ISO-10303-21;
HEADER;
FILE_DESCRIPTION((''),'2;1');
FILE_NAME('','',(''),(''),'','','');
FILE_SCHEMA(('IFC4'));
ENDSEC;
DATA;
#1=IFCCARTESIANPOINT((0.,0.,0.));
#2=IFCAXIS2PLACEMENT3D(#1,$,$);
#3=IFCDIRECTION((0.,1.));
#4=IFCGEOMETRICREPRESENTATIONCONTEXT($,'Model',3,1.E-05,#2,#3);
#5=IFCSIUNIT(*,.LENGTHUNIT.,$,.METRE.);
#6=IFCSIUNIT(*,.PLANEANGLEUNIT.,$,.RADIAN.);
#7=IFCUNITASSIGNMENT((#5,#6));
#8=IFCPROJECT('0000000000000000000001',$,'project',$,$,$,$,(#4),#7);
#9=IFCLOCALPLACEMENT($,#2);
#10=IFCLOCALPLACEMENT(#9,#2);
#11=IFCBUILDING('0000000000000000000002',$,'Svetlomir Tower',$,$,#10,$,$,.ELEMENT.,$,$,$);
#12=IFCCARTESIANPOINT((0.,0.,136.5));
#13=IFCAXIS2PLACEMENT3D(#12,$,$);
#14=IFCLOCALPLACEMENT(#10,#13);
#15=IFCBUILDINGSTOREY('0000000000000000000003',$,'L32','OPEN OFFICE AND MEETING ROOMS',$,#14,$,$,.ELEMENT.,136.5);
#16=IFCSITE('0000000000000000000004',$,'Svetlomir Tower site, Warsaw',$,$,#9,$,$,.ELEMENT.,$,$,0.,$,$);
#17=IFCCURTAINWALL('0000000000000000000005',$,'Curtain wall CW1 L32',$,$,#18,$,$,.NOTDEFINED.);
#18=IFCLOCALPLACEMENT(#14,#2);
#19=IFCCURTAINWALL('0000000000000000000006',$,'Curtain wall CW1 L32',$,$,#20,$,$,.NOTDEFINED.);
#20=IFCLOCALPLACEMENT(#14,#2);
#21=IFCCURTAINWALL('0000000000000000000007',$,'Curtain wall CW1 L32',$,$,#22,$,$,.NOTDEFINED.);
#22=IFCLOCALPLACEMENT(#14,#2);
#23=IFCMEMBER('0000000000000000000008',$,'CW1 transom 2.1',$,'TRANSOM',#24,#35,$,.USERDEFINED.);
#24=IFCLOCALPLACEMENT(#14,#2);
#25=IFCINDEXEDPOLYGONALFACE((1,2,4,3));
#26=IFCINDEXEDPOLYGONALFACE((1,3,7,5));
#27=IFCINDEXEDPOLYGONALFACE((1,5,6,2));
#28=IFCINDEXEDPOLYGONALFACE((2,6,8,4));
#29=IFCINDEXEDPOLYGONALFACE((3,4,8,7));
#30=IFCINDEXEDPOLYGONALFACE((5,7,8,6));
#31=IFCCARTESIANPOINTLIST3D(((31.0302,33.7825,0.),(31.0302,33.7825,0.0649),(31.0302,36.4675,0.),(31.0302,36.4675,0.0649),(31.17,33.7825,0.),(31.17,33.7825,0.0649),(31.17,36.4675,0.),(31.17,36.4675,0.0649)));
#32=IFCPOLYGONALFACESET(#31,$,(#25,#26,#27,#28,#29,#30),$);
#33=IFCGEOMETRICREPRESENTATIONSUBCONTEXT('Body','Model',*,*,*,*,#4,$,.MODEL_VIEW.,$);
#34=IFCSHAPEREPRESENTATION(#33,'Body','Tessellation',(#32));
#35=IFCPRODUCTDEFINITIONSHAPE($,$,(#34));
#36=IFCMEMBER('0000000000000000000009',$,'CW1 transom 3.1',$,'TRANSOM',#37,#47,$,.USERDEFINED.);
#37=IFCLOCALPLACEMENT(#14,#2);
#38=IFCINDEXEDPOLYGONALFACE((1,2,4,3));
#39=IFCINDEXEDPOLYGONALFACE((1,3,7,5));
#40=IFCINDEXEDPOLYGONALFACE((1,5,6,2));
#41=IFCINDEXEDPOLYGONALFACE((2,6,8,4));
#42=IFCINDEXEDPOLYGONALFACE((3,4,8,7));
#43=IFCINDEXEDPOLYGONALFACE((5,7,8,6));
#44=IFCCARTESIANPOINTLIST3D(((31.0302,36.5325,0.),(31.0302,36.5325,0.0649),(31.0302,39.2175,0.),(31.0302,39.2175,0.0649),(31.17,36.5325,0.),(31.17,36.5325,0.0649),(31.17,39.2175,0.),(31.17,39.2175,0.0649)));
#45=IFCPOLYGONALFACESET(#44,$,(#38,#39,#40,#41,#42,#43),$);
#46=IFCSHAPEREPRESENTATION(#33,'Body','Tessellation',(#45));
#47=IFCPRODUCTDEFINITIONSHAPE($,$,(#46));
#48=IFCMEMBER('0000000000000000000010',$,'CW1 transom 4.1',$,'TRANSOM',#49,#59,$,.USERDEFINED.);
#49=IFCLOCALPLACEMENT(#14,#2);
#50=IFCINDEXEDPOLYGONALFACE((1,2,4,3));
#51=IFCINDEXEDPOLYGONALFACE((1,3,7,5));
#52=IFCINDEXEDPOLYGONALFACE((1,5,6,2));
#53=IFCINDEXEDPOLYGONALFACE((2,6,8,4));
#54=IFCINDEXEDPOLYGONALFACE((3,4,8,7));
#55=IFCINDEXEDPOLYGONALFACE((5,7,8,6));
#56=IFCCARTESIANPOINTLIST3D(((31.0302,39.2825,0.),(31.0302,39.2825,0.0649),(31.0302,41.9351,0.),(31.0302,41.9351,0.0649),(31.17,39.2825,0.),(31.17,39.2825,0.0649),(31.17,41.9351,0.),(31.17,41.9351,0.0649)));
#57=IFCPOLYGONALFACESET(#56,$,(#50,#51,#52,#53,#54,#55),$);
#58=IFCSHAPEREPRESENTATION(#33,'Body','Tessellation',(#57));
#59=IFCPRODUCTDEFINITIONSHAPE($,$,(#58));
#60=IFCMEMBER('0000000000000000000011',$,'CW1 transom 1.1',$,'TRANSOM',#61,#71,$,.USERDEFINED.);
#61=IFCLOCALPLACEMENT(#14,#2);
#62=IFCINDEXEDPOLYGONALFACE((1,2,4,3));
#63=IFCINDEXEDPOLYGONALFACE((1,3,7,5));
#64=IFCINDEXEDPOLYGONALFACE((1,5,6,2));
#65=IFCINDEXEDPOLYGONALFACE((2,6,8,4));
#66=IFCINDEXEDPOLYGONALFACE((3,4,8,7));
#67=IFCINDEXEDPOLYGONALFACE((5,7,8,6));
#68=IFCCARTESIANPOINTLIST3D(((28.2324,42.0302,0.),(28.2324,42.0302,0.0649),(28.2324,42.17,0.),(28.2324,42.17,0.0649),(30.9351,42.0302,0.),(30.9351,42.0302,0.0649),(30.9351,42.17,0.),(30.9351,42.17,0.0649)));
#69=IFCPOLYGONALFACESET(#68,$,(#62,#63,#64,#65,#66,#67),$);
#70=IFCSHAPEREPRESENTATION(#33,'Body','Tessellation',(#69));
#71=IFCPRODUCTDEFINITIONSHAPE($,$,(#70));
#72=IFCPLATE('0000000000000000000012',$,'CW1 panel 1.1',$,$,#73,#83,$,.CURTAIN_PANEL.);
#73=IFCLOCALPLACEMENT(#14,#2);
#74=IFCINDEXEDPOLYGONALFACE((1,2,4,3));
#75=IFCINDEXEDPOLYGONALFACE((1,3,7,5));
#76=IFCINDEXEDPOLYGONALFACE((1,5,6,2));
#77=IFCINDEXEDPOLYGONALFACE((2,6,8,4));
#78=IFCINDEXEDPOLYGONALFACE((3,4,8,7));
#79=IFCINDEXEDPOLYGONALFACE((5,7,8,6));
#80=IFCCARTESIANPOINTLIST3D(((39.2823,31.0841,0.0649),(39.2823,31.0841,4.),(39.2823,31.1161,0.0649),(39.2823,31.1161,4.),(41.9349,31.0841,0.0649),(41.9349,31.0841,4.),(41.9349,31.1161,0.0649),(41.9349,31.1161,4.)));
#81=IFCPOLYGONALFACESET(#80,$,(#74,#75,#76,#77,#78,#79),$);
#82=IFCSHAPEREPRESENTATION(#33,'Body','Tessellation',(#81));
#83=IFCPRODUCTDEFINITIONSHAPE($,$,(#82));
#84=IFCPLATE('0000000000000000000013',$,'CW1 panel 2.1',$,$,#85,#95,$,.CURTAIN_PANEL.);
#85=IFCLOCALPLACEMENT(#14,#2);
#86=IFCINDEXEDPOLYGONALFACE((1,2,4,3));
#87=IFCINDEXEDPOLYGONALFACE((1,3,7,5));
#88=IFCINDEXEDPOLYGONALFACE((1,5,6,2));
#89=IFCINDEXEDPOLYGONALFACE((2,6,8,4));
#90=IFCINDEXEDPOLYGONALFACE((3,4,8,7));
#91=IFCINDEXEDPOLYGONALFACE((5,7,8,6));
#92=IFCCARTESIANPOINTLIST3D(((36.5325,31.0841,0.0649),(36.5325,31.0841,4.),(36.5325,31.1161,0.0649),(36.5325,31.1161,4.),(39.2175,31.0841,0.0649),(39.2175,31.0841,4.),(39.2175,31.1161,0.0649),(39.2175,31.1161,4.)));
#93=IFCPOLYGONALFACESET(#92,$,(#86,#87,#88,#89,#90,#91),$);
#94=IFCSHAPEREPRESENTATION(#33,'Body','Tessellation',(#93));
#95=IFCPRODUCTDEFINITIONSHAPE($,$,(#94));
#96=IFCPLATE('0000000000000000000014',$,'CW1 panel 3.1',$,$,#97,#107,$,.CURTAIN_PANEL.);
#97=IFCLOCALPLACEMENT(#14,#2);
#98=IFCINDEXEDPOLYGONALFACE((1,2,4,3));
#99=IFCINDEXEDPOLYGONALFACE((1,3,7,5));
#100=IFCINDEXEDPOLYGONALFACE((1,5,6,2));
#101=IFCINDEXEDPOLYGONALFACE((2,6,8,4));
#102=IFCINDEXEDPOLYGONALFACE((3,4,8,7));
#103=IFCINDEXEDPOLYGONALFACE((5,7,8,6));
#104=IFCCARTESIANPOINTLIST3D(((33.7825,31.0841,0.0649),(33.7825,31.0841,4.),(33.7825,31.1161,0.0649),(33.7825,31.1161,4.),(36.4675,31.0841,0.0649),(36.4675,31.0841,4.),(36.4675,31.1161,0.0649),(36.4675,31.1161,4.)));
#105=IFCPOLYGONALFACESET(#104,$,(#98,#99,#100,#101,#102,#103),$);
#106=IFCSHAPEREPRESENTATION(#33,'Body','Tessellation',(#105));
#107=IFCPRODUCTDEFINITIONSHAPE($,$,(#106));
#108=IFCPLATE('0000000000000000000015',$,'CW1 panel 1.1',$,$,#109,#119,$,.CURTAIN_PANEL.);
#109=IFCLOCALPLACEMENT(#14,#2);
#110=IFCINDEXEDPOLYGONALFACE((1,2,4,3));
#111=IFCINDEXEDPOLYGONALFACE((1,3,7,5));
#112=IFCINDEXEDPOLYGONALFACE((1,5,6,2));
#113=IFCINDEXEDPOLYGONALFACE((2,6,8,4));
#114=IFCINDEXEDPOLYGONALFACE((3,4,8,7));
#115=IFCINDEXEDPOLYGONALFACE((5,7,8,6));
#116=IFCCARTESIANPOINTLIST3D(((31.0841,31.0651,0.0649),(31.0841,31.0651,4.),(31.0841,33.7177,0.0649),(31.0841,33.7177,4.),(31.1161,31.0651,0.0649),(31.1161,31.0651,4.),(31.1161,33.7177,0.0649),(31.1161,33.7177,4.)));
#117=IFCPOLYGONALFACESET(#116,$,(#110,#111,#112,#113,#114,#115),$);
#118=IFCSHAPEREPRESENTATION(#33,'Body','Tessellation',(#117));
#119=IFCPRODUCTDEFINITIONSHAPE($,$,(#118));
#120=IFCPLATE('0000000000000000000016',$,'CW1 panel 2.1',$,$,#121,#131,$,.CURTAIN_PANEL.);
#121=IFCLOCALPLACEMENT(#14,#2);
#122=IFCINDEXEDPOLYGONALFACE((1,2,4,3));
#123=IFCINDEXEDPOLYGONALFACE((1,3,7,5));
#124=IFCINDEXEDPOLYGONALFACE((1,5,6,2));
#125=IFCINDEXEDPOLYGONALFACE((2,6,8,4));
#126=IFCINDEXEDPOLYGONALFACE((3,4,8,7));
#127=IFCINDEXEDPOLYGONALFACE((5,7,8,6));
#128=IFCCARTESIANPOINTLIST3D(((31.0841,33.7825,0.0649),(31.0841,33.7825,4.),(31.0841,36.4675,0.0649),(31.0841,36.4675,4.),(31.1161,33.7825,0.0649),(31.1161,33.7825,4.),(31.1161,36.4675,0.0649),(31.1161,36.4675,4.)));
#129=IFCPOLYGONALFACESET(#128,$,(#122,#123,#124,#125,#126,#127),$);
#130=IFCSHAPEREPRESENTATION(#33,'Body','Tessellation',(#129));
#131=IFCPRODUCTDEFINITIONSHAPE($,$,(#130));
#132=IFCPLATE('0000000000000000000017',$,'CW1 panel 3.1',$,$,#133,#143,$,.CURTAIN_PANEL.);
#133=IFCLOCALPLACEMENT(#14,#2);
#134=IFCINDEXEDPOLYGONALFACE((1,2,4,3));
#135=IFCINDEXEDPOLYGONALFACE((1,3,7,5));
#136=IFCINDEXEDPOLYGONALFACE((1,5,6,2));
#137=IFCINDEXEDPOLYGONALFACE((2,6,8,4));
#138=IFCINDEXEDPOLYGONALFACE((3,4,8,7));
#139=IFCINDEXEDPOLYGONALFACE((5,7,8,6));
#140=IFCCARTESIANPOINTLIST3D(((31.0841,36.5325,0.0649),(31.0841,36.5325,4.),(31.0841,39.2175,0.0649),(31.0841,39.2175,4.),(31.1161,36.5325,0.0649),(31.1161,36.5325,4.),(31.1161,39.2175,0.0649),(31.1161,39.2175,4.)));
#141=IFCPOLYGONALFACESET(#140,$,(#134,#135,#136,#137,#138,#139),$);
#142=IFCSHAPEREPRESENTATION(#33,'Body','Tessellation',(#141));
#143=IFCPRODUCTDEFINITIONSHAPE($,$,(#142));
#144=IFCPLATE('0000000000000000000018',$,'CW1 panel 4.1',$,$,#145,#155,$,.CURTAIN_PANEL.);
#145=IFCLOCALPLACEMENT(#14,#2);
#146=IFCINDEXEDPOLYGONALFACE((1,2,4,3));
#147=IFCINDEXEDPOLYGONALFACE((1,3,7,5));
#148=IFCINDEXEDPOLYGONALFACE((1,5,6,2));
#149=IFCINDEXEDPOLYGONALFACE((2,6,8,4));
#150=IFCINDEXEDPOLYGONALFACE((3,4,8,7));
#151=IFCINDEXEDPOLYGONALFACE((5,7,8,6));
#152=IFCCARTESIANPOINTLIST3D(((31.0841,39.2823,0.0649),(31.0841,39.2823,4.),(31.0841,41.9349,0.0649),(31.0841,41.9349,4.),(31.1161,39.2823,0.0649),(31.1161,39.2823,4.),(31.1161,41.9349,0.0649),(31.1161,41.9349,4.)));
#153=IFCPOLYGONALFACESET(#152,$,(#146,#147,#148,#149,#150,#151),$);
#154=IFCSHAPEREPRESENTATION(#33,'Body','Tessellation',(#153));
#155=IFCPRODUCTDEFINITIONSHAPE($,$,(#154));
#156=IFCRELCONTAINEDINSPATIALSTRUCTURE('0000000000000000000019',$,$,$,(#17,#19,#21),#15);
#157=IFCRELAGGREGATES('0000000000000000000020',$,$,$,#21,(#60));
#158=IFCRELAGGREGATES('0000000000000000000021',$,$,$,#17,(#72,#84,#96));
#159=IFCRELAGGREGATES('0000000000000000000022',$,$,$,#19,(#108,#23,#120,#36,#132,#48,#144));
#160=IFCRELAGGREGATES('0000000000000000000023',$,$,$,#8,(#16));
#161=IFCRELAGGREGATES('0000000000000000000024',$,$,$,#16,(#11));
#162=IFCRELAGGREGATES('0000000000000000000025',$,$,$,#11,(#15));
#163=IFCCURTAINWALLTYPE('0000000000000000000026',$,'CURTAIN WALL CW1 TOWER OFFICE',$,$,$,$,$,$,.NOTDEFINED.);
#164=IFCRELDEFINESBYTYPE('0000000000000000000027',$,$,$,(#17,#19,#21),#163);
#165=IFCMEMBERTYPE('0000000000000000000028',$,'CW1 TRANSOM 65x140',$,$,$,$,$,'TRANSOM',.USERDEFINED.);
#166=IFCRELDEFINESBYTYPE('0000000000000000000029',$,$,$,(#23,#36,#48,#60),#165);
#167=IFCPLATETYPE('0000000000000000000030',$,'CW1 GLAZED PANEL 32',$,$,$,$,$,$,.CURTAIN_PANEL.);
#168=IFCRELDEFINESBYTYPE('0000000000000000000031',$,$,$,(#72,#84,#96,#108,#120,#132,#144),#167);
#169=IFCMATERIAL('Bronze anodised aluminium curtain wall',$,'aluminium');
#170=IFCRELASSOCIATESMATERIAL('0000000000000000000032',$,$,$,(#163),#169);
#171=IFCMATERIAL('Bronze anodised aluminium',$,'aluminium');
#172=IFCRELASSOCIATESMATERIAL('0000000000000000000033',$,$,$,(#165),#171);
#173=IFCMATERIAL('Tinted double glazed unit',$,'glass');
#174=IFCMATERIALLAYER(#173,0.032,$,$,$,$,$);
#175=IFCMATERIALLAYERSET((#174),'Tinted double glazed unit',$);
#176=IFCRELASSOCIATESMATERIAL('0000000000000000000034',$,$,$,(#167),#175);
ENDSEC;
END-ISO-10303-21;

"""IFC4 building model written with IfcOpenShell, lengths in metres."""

from ifc_helpers import new_model, si_unit, direction, frame, origin, origin_2d, place, context, subcontext, project, spatial, rectangle, extrude, material, layer, layer_set, material_profile, profile_set, type_object, element, aggregate, save


model = new_model("IFC4")

# Units and contexts
model_context = context("Model", 3, precision=1e-05, world=origin(), true_north=direction((0.0, 1.0)))
body_context = subcontext(model_context, "Body", "Model", "MODEL_VIEW")
ifc_project = project(units=[si_unit("LENGTHUNIT", "METRE"), si_unit("PLANEANGLEUNIT", "RADIAN")], contexts=[model_context])

# Site, building, storey
site_placement = place(None, origin())
site = spatial("IfcSite", under=ifc_project, at=site_placement, Name="Svetlomir Tower site, Warsaw", CompositionType="ELEMENT", RefElevation=0.0)
building_placement = place(site_placement, origin())
building = spatial("IfcBuilding", under=site, at=building_placement, Name="Svetlomir Tower", CompositionType="ELEMENT")
storey_placement = place(building_placement, frame((0.0, 0.0, 136.5)))
storey = spatial("IfcBuildingStorey", under=building, at=storey_placement, Name="L32", Description="OPEN OFFICE AND MEETING ROOMS", CompositionType="ELEMENT", Elevation=136.5)

# Curtain walls
ifc_material_1 = material(Name="Bronze anodised aluminium curtain wall", Category="aluminium")
curtain_wall_type = type_object("IfcCurtainWallType", Name="CURTAIN WALL CW1 TOWER OFFICE", PredefinedType="NOTDEFINED", material=ifc_material_1)
curtain_wall_1_placement = place(storey_placement, origin())
curtain_wall_1 = element("IfcCurtainWall", 1, at=curtain_wall_1_placement, inside=storey, type_object=curtain_wall_type, Name="Curtain wall CW1 L32", PredefinedType="NOTDEFINED")
curtain_wall_2_placement = place(storey_placement, origin())
curtain_wall_2 = element("IfcCurtainWall", 2, at=curtain_wall_2_placement, inside=storey, type_object=curtain_wall_type, Name="Curtain wall CW1 L32", PredefinedType="NOTDEFINED")

# Curtain wall
curtain_wall_3_placement = place(storey_placement, origin())
curtain_wall_3 = element("IfcCurtainWall", 3, at=curtain_wall_3_placement, inside=storey, type_object=curtain_wall_type, Name="Curtain wall CW1 L32", PredefinedType="NOTDEFINED")

# Members
ifc_material_2 = material(Name="Bronze anodised aluminium", Category="aluminium")
ifc_material_profile_1 = material_profile(ifc_material_2, rectangle(XDim=0.1399, YDim=0.0649, at=origin_2d()), Name="AL 140x65")
ifc_profile_set_1 = profile_set([ifc_material_profile_1], Name="Bronze anodised aluminium 6063-T6")
member_type_1 = type_object("IfcMemberType", Name="CW1 TRANSOM 65x140", ElementType="TRANSOM", PredefinedType="USERDEFINED", material=ifc_profile_set_1)
member_1_placement = place(storey_placement, frame((31.1001, 33.7825, 0.0325), z_axis=(0.0, 1.0, 0.0), x_axis=(-1.0, 0.0, 0.0)))
member_1 = element("IfcMember", 4, at=member_1_placement, type_object=member_type_1, Name="CW1 transom 2.1", ObjectType="TRANSOM", PredefinedType="USERDEFINED", context=body_context, shape_type="SweptSolid", body=[
    extrude(rectangle(XDim=0.1399, YDim=0.0649, at=origin_2d()), origin(), (0.0, 0.0, 1.0), 2.6851),
])
member_2_placement = place(storey_placement, frame((31.1001, 36.5325, 0.0325), z_axis=(0.0, 1.0, 0.0), x_axis=(-1.0, 0.0, 0.0)))
member_2 = element("IfcMember", 5, at=member_2_placement, type_object=member_type_1, Name="CW1 transom 3.1", ObjectType="TRANSOM", PredefinedType="USERDEFINED", context=body_context, shape_type="SweptSolid", body=[
    extrude(rectangle(XDim=0.1399, YDim=0.0649, at=origin_2d()), origin(), (0.0, 0.0, 1.0), 2.6851),
])
member_3_placement = place(storey_placement, frame((31.1001, 39.2825, 0.0325), z_axis=(0.0, 1.0, 0.0), x_axis=(-1.0, 0.0, 0.0)))
member_3 = element("IfcMember", 6, at=member_3_placement, type_object=member_type_1, Name="CW1 transom 4.1", ObjectType="TRANSOM", PredefinedType="USERDEFINED", context=body_context, shape_type="SweptSolid", body=[
    extrude(rectangle(XDim=0.1399, YDim=0.0649, at=origin_2d()), origin(), (0.0, 0.0, 1.0), 2.6526),
])
member_4_placement = place(storey_placement, frame((30.9351, 42.1001, 0.0325), z_axis=(-1.0, 0.0, 0.0), x_axis=(0.0, -1.0, 0.0)))
member_4 = element("IfcMember", 7, at=member_4_placement, type_object=member_type_1, Name="CW1 transom 1.1", ObjectType="TRANSOM", PredefinedType="USERDEFINED", context=body_context, shape_type="SweptSolid", body=[
    extrude(rectangle(XDim=0.1399, YDim=0.0649, at=origin_2d()), origin(), (0.0, 0.0, 1.0), 2.7026),
])
aggregate(curtain_wall_3, [member_4])

# Plates
ifc_material_3 = material(Name="Tinted double glazed unit", Category="glass")
ifc_layer = layer(ifc_material_3, 0.032)
ifc_layer_set = layer_set([ifc_layer], Name="Tinted double glazed unit")
plate_type = type_object("IfcPlateType", Name="CW1 GLAZED PANEL 32", PredefinedType="CURTAIN_PANEL", material=ifc_layer_set)
plate_1_placement = place(storey_placement, frame((40.6086, 31.1001, 0.0649), z_axis=(0.0, 0.0, 1.0), x_axis=(-1.0, 0.0, 0.0)))
plate_1 = element("IfcPlate", 8, at=plate_1_placement, type_object=plate_type, Name="CW1 panel 1.1", PredefinedType="CURTAIN_PANEL", context=body_context, shape_type="SweptSolid", body=[
    extrude(rectangle(XDim=2.6526, YDim=0.032, at=origin_2d()), origin(), (0.0, 0.0, 1.0), 3.9351),
])
plate_2_placement = place(storey_placement, frame((37.875, 31.1001, 0.0649), z_axis=(0.0, 0.0, 1.0), x_axis=(-1.0, 0.0, 0.0)))
plate_2 = element("IfcPlate", 9, at=plate_2_placement, type_object=plate_type, Name="CW1 panel 2.1", PredefinedType="CURTAIN_PANEL", context=body_context, shape_type="SweptSolid", body=[
    extrude(rectangle(XDim=2.6851, YDim=0.032, at=origin_2d()), origin(), (0.0, 0.0, 1.0), 3.9351),
])
plate_3_placement = place(storey_placement, frame((35.125, 31.1001, 0.0649), z_axis=(0.0, 0.0, 1.0), x_axis=(-1.0, 0.0, 0.0)))
plate_3 = element("IfcPlate", 10, at=plate_3_placement, type_object=plate_type, Name="CW1 panel 3.1", PredefinedType="CURTAIN_PANEL", context=body_context, shape_type="SweptSolid", body=[
    extrude(rectangle(XDim=2.6851, YDim=0.032, at=origin_2d()), origin(), (0.0, 0.0, 1.0), 3.9351),
])
aggregate(curtain_wall_1, [plate_1, plate_2, plate_3])
plate_4_placement = place(storey_placement, frame((31.1001, 32.3914, 0.0649), z_axis=(0.0, 0.0, 1.0), x_axis=(0.0, 1.0, 0.0)))
plate_4 = element("IfcPlate", 11, at=plate_4_placement, type_object=plate_type, Name="CW1 panel 1.1", PredefinedType="CURTAIN_PANEL", context=body_context, shape_type="SweptSolid", body=[
    extrude(rectangle(XDim=2.6526, YDim=0.032, at=origin_2d()), origin(), (0.0, 0.0, 1.0), 3.9351),
])
plate_5_placement = place(storey_placement, frame((31.1001, 35.125, 0.0649), z_axis=(0.0, 0.0, 1.0), x_axis=(0.0, 1.0, 0.0)))
plate_5 = element("IfcPlate", 12, at=plate_5_placement, type_object=plate_type, Name="CW1 panel 2.1", PredefinedType="CURTAIN_PANEL", context=body_context, shape_type="SweptSolid", body=[
    extrude(rectangle(XDim=2.6851, YDim=0.032, at=origin_2d()), origin(), (0.0, 0.0, 1.0), 3.9351),
])
plate_6_placement = place(storey_placement, frame((31.1001, 37.875, 0.0649), z_axis=(0.0, 0.0, 1.0), x_axis=(0.0, 1.0, 0.0)))
plate_6 = element("IfcPlate", 13, at=plate_6_placement, type_object=plate_type, Name="CW1 panel 3.1", PredefinedType="CURTAIN_PANEL", context=body_context, shape_type="SweptSolid", body=[
    extrude(rectangle(XDim=2.6851, YDim=0.032, at=origin_2d()), origin(), (0.0, 0.0, 1.0), 3.9351),
])
plate_7_placement = place(storey_placement, frame((31.1001, 40.6086, 0.0649), z_axis=(0.0, 0.0, 1.0), x_axis=(0.0, 1.0, 0.0)))
plate_7 = element("IfcPlate", 14, at=plate_7_placement, type_object=plate_type, Name="CW1 panel 4.1", PredefinedType="CURTAIN_PANEL", context=body_context, shape_type="SweptSolid", body=[
    extrude(rectangle(XDim=2.6526, YDim=0.032, at=origin_2d()), origin(), (0.0, 0.0, 1.0), 3.9351),
])
aggregate(curtain_wall_2, [plate_4, member_1, plate_5, member_2, plate_6, member_3, plate_7])

save(model, "model.ifc")
